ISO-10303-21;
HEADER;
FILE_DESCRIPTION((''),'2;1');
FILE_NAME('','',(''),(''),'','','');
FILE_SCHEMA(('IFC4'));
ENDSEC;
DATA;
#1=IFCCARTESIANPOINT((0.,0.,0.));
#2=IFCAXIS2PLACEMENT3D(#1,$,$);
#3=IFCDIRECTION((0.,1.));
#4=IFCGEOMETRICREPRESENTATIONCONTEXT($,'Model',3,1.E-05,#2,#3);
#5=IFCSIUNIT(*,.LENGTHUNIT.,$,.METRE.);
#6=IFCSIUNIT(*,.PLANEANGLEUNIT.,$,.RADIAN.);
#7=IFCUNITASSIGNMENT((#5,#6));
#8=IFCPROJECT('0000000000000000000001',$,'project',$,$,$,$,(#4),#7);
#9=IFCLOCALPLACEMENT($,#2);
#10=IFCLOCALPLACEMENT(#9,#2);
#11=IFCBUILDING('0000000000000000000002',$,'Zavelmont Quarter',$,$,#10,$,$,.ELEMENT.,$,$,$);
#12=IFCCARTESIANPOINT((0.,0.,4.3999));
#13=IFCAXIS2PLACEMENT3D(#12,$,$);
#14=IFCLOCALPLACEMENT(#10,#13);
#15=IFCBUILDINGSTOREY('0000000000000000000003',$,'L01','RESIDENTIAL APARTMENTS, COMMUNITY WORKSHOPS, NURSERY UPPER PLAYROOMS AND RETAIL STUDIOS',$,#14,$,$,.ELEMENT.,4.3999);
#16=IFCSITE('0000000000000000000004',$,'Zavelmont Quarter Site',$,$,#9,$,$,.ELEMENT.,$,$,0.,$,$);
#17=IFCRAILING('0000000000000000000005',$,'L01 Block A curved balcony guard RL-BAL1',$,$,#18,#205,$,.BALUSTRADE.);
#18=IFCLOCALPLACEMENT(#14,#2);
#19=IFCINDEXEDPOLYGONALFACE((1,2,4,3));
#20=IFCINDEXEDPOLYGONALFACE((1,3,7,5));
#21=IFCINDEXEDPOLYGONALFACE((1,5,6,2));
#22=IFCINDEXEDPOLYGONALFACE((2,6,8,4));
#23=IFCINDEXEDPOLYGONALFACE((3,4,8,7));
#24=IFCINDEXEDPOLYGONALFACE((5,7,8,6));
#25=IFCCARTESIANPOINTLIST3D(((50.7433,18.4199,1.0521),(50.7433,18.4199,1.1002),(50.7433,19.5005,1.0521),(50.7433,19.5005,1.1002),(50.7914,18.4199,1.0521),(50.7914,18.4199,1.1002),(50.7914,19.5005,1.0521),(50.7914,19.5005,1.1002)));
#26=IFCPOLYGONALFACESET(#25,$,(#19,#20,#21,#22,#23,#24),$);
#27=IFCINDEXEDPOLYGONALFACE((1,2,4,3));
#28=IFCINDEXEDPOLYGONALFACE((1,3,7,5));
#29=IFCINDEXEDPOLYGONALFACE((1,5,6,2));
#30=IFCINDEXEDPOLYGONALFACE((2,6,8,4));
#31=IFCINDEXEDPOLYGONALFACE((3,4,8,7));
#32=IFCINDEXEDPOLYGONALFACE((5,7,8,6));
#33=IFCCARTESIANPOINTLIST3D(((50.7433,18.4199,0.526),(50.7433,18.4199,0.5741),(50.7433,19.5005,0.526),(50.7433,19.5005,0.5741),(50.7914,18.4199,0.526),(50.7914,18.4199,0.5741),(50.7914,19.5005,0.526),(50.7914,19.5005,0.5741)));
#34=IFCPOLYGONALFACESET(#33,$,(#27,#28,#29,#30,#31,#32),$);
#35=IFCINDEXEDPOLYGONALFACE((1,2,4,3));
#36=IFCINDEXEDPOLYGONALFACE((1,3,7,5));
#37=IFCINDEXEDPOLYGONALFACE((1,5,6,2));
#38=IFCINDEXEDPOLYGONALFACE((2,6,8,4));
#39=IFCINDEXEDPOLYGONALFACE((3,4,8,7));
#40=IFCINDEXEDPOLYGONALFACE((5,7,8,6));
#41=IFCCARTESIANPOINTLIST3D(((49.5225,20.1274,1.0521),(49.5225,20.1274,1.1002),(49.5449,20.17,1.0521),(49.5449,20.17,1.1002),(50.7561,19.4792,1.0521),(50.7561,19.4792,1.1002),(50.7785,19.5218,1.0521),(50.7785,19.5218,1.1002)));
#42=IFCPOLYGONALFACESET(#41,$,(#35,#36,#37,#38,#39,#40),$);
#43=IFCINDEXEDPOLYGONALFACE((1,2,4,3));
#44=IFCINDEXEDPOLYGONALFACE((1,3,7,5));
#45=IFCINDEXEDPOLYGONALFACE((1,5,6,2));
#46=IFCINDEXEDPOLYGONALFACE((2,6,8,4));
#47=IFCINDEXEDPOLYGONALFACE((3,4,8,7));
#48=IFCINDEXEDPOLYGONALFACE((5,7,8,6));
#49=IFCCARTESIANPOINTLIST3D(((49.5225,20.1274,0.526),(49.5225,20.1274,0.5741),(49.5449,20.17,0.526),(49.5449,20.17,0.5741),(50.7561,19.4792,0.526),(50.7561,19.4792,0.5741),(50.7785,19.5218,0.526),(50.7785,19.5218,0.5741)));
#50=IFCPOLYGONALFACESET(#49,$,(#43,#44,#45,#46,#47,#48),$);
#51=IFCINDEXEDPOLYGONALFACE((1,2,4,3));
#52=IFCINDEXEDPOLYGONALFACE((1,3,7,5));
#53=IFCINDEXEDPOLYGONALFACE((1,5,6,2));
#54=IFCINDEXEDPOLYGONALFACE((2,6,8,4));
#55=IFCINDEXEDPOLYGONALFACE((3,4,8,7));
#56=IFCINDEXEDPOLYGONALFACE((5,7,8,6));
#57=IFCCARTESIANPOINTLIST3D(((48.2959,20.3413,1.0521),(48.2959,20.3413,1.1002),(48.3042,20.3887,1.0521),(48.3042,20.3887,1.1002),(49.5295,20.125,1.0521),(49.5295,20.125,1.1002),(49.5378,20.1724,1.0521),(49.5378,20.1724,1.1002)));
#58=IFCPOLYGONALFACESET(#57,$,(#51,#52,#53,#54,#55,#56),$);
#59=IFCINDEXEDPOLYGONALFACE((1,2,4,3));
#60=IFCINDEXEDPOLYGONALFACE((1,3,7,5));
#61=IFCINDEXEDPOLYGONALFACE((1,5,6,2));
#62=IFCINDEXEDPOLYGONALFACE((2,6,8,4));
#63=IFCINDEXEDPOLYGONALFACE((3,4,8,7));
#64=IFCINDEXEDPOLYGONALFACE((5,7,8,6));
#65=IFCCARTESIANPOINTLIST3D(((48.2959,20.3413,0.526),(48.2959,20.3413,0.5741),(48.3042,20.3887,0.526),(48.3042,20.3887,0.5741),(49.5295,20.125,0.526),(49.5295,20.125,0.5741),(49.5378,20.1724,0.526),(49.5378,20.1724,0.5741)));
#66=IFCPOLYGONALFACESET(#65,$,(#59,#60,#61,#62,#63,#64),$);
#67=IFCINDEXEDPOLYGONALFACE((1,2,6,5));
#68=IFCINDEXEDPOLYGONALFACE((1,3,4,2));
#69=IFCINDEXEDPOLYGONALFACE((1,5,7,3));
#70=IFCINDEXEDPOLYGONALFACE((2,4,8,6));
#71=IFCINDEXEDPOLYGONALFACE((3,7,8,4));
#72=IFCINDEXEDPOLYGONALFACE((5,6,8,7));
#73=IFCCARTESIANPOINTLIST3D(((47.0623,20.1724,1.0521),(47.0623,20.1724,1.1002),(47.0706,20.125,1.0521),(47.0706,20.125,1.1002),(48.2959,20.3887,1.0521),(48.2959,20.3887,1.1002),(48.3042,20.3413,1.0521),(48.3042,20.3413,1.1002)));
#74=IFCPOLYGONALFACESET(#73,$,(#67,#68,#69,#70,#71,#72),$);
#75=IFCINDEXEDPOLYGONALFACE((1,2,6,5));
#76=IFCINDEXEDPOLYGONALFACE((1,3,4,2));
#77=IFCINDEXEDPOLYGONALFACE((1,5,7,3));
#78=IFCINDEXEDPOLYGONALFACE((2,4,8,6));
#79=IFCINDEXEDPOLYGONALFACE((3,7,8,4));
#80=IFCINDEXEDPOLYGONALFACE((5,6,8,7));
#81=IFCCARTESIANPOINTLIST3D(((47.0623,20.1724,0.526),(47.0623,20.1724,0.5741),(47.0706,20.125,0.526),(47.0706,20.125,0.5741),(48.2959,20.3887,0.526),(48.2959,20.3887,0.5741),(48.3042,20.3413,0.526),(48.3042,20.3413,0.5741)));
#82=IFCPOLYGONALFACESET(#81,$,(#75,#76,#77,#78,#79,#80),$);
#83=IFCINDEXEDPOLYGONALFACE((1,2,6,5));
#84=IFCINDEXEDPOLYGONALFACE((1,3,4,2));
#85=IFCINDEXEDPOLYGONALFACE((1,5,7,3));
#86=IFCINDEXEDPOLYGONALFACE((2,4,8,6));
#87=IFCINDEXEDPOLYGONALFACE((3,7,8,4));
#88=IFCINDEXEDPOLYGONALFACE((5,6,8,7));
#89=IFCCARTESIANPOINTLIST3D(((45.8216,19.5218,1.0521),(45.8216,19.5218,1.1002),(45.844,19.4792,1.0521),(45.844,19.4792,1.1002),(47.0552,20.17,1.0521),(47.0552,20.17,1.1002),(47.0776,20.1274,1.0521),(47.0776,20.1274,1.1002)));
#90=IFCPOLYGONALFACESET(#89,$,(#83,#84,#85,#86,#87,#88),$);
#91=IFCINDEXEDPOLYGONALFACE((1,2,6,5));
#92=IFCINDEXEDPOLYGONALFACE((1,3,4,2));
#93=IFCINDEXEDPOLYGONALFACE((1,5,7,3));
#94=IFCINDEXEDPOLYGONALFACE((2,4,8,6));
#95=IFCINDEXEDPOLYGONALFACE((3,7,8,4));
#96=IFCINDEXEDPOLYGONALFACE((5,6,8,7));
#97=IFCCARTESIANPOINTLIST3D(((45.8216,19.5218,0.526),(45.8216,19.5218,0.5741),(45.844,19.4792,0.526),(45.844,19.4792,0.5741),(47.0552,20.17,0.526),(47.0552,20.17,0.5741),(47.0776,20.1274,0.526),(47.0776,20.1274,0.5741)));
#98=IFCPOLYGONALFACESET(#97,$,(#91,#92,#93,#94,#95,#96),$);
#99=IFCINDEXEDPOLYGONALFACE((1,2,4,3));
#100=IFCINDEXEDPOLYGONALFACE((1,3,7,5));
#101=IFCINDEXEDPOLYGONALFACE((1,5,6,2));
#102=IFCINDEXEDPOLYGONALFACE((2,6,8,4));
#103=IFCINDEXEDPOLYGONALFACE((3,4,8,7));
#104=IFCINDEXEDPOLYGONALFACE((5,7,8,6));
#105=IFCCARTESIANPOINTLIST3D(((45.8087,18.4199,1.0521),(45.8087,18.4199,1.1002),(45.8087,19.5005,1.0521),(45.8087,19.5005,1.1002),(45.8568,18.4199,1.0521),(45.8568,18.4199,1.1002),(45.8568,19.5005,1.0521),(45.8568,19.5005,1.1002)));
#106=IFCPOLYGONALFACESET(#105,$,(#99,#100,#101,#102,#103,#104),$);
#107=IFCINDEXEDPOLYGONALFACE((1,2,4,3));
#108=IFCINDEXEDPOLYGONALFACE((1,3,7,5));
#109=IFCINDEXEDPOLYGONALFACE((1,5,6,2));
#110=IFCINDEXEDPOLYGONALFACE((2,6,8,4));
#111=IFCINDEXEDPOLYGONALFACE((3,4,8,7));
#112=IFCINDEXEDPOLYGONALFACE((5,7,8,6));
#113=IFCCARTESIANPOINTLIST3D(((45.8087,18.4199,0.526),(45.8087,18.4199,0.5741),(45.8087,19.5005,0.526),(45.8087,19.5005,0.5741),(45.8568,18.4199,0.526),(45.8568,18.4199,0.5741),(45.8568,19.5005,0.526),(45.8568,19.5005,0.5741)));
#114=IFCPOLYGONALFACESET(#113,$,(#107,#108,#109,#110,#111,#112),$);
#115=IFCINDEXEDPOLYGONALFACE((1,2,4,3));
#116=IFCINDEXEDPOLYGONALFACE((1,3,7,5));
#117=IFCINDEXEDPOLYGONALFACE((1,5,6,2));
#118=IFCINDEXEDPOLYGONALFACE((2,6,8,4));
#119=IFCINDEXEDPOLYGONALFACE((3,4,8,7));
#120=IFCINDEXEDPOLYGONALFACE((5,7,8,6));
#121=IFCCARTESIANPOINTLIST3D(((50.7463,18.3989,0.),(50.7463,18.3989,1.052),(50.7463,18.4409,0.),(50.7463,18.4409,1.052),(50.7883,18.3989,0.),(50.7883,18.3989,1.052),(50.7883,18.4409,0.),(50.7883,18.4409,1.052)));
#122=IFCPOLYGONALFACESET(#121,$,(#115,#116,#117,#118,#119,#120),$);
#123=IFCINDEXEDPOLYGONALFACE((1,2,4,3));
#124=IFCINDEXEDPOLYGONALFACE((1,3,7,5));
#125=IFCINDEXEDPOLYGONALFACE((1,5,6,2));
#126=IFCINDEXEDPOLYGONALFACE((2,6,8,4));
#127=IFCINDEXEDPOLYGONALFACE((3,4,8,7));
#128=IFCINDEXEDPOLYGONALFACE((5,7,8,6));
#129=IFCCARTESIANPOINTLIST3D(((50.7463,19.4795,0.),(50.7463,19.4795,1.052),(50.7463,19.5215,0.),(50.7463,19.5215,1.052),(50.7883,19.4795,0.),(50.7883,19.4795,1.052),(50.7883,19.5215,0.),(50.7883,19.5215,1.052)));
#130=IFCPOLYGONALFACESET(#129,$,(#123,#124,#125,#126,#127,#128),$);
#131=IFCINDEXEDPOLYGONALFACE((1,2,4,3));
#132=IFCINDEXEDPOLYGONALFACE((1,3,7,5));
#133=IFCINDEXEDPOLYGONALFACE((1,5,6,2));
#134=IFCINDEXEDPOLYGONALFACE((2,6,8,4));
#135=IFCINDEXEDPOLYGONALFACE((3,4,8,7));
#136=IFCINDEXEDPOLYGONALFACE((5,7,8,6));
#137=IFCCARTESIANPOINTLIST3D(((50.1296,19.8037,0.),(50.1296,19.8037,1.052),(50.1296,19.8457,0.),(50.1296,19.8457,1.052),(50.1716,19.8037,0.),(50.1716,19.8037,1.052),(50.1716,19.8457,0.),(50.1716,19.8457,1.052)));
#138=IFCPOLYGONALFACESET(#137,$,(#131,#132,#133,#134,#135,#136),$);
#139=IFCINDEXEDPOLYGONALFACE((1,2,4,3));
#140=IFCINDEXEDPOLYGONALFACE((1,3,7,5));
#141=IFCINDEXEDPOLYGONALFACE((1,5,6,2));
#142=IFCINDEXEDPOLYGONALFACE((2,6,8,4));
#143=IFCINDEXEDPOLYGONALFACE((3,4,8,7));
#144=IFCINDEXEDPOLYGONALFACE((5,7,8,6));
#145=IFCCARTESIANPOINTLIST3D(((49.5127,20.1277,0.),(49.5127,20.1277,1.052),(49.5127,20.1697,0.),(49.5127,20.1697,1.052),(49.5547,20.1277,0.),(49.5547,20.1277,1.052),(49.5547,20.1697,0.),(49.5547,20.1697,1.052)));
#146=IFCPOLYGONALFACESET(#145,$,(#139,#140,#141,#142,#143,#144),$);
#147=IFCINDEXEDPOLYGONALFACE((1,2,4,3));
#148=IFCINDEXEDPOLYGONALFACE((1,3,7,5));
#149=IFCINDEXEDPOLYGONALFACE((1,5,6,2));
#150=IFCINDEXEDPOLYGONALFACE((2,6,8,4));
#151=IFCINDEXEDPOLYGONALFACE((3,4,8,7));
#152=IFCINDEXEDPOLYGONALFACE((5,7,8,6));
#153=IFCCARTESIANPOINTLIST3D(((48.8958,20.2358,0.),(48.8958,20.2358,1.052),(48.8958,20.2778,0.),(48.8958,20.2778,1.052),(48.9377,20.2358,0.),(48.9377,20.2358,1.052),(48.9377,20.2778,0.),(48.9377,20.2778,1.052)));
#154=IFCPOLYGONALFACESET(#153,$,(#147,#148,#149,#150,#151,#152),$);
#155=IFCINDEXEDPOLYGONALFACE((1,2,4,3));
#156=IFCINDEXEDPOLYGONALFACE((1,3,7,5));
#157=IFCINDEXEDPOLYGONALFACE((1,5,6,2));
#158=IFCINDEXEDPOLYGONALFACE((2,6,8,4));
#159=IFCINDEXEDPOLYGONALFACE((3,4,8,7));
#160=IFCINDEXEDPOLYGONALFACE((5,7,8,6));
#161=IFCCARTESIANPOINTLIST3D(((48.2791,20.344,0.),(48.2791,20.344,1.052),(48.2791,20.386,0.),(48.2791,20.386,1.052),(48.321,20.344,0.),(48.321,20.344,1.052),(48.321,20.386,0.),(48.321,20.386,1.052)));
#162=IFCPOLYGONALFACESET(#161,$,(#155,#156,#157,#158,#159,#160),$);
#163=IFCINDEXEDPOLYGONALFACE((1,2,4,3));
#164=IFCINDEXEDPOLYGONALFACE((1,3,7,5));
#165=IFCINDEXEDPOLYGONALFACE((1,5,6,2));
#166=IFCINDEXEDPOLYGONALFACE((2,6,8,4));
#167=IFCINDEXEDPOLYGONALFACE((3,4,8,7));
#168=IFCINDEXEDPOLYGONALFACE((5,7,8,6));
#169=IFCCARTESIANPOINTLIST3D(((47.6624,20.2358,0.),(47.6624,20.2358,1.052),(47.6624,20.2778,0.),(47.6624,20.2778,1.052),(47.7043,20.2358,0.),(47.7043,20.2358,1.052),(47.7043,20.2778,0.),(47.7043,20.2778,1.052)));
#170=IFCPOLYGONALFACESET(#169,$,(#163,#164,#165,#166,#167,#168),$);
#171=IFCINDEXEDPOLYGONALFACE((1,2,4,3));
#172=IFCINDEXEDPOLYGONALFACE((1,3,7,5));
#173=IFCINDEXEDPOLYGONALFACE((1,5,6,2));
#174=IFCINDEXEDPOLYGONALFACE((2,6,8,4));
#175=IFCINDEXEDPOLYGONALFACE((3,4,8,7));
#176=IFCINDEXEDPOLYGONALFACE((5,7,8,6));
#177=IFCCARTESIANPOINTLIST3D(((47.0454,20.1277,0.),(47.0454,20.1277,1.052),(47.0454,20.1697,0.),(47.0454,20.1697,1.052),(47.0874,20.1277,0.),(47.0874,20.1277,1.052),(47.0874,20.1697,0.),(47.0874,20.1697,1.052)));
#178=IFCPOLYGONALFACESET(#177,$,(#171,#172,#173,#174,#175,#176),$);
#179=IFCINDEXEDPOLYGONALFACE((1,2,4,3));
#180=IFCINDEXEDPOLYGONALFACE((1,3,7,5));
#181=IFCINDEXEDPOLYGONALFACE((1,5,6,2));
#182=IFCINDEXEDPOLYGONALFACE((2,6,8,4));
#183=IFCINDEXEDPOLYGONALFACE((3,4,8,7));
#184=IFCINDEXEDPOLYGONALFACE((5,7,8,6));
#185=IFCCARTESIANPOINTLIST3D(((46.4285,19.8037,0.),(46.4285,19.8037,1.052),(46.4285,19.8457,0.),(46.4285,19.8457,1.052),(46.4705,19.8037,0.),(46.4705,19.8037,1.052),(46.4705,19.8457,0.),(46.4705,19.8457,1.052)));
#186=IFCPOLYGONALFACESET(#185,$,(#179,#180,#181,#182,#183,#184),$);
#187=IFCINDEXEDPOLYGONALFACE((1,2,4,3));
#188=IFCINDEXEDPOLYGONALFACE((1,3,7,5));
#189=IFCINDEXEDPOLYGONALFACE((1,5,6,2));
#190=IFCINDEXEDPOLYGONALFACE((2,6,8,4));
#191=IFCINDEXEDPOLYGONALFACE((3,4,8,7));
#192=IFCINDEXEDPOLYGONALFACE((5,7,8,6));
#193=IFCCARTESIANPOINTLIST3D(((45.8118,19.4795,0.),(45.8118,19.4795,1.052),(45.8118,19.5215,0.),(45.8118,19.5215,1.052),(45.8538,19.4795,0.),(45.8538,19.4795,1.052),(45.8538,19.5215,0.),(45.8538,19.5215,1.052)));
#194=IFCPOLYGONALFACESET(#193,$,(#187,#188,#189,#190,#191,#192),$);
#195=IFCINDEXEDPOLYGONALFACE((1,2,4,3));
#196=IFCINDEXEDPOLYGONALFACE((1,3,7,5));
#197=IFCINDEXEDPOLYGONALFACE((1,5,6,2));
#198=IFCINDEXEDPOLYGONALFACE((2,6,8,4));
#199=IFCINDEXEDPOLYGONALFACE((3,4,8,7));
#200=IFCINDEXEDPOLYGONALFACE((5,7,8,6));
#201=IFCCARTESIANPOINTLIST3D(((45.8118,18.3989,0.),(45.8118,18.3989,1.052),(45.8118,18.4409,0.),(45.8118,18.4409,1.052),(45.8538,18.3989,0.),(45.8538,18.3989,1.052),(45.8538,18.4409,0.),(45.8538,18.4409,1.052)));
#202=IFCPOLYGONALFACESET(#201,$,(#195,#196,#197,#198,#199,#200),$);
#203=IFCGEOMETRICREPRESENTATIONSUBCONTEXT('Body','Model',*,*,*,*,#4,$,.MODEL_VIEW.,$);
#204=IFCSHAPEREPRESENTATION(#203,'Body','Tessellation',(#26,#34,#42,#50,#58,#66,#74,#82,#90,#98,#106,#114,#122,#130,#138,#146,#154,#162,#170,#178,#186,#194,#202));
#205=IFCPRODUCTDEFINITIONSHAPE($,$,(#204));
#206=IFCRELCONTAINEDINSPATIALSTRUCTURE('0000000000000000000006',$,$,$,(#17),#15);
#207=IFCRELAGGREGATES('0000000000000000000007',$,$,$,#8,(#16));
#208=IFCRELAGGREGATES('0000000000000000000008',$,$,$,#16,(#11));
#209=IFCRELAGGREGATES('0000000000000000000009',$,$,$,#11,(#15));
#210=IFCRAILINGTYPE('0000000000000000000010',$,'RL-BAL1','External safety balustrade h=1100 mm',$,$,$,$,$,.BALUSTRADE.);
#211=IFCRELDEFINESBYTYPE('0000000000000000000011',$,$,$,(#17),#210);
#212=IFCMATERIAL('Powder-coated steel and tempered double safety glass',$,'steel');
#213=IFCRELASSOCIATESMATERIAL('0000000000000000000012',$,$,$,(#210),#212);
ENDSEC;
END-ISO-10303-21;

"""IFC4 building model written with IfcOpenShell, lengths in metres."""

from ifc_helpers import new_model, si_unit, direction, frame, origin, origin_2d, place, context, subcontext, project, spatial, rectangle, extrude, material, type_object, element, save


model = new_model("IFC4")

# Units and contexts
model_context = context("Model", 3, precision=1e-05, world=origin(), true_north=direction((0.0, 1.0)))
body_context = subcontext(model_context, "Body", "Model", "MODEL_VIEW")
ifc_project = project(units=[si_unit("LENGTHUNIT", "METRE"), si_unit("PLANEANGLEUNIT", "RADIAN")], contexts=[model_context])

# Site, building, storey
site_placement = place(None, origin())
site = spatial("IfcSite", under=ifc_project, at=site_placement, Name="Zavelmont Quarter Site", CompositionType="ELEMENT", RefElevation=0.0)
building_placement = place(site_placement, origin())
building = spatial("IfcBuilding", under=site, at=building_placement, Name="Zavelmont Quarter", CompositionType="ELEMENT")
storey_placement = place(building_placement, frame((0.0, 0.0, 4.3999)))
storey = spatial("IfcBuildingStorey", under=building, at=storey_placement, Name="L01", Description="RESIDENTIAL APARTMENTS, COMMUNITY WORKSHOPS, NURSERY UPPER PLAYROOMS AND RETAIL STUDIOS", CompositionType="ELEMENT", Elevation=4.3999)

# Railing
ifc_material_1 = material(Name="Powder-coated steel and tempered double safety glass", Category="steel")
railing_type = type_object("IfcRailingType", Name="RL-BAL1", Description="External safety balustrade h=1100 mm", PredefinedType="BALUSTRADE", material=ifc_material_1)
railing_placement = place(storey_placement, frame((50.7673, 18.4199, 0.0)))
element("IfcRailing", 1, at=railing_placement, inside=storey, type_object=railing_type, Name="L01 Block A curved balcony guard RL-BAL1", PredefinedType="BALUSTRADE", context=body_context, shape_type="SweptSolid", body=[
    extrude(rectangle(XDim=0.0481, YDim=0.0481, at=origin_2d()), frame((0.0, 0.0, 1.0762), z_axis=(0.0, 1.0, 0.0), x_axis=(-1.0, 0.0, 0.0)), (0.0, 0.0, 1.0), 1.0806),
    extrude(rectangle(XDim=0.0481, YDim=0.0481, at=origin_2d()), frame((0.0, 0.0, 0.55), z_axis=(0.0, 1.0, 0.0), x_axis=(-1.0, 0.0, 0.0)), (0.0, 0.0, 1.0), 1.0806),
    extrude(rectangle(XDim=0.0481, YDim=0.0481, at=origin_2d()), frame((0.0, 1.0806, 1.0762), z_axis=(-0.885241, 0.465133, 0.0), x_axis=(-0.465133, -0.885241, 0.0)), (0.0, 0.0, 1.0), 1.3936),
    extrude(rectangle(XDim=0.0481, YDim=0.0481, at=origin_2d()), frame((0.0, 1.0806, 0.55), z_axis=(-0.885241, 0.465133, 0.0), x_axis=(-0.465133, -0.885241, 0.0)), (0.0, 0.0, 1.0), 1.3936),
    extrude(rectangle(XDim=0.0481, YDim=0.0481, at=origin_2d()), frame((-1.2336, 1.7288, 1.0762), z_axis=(-0.984973, 0.172707, 0.0), x_axis=(-0.172707, -0.984973, 0.0)), (0.0, 0.0, 1.0), 1.2524),
    extrude(rectangle(XDim=0.0481, YDim=0.0481, at=origin_2d()), frame((-1.2336, 1.7288, 0.55), z_axis=(-0.984973, 0.172707, 0.0), x_axis=(-0.172707, -0.984973, 0.0)), (0.0, 0.0, 1.0), 1.2524),
    extrude(rectangle(XDim=0.0481, YDim=0.0481, at=origin_2d()), frame((-2.4673, 1.9451, 1.0762), z_axis=(-0.984973, -0.172707, 0.0), x_axis=(0.172707, -0.984973, 0.0)), (0.0, 0.0, 1.0), 1.2524),
    extrude(rectangle(XDim=0.0481, YDim=0.0481, at=origin_2d()), frame((-2.4673, 1.9451, 0.55), z_axis=(-0.984973, -0.172707, 0.0), x_axis=(0.172707, -0.984973, 0.0)), (0.0, 0.0, 1.0), 1.2524),
    extrude(rectangle(XDim=0.0481, YDim=0.0481, at=origin_2d()), frame((-3.7009, 1.7288, 1.0762), z_axis=(-0.885241, -0.465133, 0.0), x_axis=(0.465133, -0.885241, 0.0)), (0.0, 0.0, 1.0), 1.3936),
    extrude(rectangle(XDim=0.0481, YDim=0.0481, at=origin_2d()), frame((-3.7009, 1.7288, 0.55), z_axis=(-0.885241, -0.465133, 0.0), x_axis=(0.465133, -0.885241, 0.0)), (0.0, 0.0, 1.0), 1.3936),
    extrude(rectangle(XDim=0.0481, YDim=0.0481, at=origin_2d()), frame((-4.9346, 1.0806, 1.0762), z_axis=(0.0, -1.0, 0.0), x_axis=(1.0, 0.0, 0.0)), (0.0, 0.0, 1.0), 1.0806),
    extrude(rectangle(XDim=0.0481, YDim=0.0481, at=origin_2d()), frame((-4.9346, 1.0806, 0.55), z_axis=(0.0, -1.0, 0.0), x_axis=(1.0, 0.0, 0.0)), (0.0, 0.0, 1.0), 1.0806),
    extrude(rectangle(XDim=0.042, YDim=0.042, at=origin_2d()), origin(), (0.0, 0.0, 1.0), 1.052),
    extrude(rectangle(XDim=0.042, YDim=0.042, at=origin_2d()), frame((0.0, 1.0806, 0.0)), (0.0, 0.0, 1.0), 1.052),
    extrude(rectangle(XDim=0.042, YDim=0.042, at=origin_2d()), frame((-0.6167, 1.4048, 0.0)), (0.0, 0.0, 1.0), 1.052),
    extrude(rectangle(XDim=0.042, YDim=0.042, at=origin_2d()), frame((-1.2336, 1.7288, 0.0)), (0.0, 0.0, 1.0), 1.052),
    extrude(rectangle(XDim=0.042, YDim=0.042, at=origin_2d()), frame((-1.8506, 1.8369, 0.0)), (0.0, 0.0, 1.0), 1.052),
    extrude(rectangle(XDim=0.042, YDim=0.042, at=origin_2d()), frame((-2.4673, 1.9451, 0.0)), (0.0, 0.0, 1.0), 1.052),
    extrude(rectangle(XDim=0.042, YDim=0.042, at=origin_2d()), frame((-3.084, 1.8369, 0.0)), (0.0, 0.0, 1.0), 1.052),
    extrude(rectangle(XDim=0.042, YDim=0.042, at=origin_2d()), frame((-3.7009, 1.7288, 0.0)), (0.0, 0.0, 1.0), 1.052),
    extrude(rectangle(XDim=0.042, YDim=0.042, at=origin_2d()), frame((-4.3179, 1.4048, 0.0)), (0.0, 0.0, 1.0), 1.052),
    extrude(rectangle(XDim=0.042, YDim=0.042, at=origin_2d()), frame((-4.9346, 1.0806, 0.0)), (0.0, 0.0, 1.0), 1.052),
    extrude(rectangle(XDim=0.042, YDim=0.042, at=origin_2d()), frame((-4.9346, 0.0, 0.0)), (0.0, 0.0, 1.0), 1.052),
])

save(model, "model.ifc")
